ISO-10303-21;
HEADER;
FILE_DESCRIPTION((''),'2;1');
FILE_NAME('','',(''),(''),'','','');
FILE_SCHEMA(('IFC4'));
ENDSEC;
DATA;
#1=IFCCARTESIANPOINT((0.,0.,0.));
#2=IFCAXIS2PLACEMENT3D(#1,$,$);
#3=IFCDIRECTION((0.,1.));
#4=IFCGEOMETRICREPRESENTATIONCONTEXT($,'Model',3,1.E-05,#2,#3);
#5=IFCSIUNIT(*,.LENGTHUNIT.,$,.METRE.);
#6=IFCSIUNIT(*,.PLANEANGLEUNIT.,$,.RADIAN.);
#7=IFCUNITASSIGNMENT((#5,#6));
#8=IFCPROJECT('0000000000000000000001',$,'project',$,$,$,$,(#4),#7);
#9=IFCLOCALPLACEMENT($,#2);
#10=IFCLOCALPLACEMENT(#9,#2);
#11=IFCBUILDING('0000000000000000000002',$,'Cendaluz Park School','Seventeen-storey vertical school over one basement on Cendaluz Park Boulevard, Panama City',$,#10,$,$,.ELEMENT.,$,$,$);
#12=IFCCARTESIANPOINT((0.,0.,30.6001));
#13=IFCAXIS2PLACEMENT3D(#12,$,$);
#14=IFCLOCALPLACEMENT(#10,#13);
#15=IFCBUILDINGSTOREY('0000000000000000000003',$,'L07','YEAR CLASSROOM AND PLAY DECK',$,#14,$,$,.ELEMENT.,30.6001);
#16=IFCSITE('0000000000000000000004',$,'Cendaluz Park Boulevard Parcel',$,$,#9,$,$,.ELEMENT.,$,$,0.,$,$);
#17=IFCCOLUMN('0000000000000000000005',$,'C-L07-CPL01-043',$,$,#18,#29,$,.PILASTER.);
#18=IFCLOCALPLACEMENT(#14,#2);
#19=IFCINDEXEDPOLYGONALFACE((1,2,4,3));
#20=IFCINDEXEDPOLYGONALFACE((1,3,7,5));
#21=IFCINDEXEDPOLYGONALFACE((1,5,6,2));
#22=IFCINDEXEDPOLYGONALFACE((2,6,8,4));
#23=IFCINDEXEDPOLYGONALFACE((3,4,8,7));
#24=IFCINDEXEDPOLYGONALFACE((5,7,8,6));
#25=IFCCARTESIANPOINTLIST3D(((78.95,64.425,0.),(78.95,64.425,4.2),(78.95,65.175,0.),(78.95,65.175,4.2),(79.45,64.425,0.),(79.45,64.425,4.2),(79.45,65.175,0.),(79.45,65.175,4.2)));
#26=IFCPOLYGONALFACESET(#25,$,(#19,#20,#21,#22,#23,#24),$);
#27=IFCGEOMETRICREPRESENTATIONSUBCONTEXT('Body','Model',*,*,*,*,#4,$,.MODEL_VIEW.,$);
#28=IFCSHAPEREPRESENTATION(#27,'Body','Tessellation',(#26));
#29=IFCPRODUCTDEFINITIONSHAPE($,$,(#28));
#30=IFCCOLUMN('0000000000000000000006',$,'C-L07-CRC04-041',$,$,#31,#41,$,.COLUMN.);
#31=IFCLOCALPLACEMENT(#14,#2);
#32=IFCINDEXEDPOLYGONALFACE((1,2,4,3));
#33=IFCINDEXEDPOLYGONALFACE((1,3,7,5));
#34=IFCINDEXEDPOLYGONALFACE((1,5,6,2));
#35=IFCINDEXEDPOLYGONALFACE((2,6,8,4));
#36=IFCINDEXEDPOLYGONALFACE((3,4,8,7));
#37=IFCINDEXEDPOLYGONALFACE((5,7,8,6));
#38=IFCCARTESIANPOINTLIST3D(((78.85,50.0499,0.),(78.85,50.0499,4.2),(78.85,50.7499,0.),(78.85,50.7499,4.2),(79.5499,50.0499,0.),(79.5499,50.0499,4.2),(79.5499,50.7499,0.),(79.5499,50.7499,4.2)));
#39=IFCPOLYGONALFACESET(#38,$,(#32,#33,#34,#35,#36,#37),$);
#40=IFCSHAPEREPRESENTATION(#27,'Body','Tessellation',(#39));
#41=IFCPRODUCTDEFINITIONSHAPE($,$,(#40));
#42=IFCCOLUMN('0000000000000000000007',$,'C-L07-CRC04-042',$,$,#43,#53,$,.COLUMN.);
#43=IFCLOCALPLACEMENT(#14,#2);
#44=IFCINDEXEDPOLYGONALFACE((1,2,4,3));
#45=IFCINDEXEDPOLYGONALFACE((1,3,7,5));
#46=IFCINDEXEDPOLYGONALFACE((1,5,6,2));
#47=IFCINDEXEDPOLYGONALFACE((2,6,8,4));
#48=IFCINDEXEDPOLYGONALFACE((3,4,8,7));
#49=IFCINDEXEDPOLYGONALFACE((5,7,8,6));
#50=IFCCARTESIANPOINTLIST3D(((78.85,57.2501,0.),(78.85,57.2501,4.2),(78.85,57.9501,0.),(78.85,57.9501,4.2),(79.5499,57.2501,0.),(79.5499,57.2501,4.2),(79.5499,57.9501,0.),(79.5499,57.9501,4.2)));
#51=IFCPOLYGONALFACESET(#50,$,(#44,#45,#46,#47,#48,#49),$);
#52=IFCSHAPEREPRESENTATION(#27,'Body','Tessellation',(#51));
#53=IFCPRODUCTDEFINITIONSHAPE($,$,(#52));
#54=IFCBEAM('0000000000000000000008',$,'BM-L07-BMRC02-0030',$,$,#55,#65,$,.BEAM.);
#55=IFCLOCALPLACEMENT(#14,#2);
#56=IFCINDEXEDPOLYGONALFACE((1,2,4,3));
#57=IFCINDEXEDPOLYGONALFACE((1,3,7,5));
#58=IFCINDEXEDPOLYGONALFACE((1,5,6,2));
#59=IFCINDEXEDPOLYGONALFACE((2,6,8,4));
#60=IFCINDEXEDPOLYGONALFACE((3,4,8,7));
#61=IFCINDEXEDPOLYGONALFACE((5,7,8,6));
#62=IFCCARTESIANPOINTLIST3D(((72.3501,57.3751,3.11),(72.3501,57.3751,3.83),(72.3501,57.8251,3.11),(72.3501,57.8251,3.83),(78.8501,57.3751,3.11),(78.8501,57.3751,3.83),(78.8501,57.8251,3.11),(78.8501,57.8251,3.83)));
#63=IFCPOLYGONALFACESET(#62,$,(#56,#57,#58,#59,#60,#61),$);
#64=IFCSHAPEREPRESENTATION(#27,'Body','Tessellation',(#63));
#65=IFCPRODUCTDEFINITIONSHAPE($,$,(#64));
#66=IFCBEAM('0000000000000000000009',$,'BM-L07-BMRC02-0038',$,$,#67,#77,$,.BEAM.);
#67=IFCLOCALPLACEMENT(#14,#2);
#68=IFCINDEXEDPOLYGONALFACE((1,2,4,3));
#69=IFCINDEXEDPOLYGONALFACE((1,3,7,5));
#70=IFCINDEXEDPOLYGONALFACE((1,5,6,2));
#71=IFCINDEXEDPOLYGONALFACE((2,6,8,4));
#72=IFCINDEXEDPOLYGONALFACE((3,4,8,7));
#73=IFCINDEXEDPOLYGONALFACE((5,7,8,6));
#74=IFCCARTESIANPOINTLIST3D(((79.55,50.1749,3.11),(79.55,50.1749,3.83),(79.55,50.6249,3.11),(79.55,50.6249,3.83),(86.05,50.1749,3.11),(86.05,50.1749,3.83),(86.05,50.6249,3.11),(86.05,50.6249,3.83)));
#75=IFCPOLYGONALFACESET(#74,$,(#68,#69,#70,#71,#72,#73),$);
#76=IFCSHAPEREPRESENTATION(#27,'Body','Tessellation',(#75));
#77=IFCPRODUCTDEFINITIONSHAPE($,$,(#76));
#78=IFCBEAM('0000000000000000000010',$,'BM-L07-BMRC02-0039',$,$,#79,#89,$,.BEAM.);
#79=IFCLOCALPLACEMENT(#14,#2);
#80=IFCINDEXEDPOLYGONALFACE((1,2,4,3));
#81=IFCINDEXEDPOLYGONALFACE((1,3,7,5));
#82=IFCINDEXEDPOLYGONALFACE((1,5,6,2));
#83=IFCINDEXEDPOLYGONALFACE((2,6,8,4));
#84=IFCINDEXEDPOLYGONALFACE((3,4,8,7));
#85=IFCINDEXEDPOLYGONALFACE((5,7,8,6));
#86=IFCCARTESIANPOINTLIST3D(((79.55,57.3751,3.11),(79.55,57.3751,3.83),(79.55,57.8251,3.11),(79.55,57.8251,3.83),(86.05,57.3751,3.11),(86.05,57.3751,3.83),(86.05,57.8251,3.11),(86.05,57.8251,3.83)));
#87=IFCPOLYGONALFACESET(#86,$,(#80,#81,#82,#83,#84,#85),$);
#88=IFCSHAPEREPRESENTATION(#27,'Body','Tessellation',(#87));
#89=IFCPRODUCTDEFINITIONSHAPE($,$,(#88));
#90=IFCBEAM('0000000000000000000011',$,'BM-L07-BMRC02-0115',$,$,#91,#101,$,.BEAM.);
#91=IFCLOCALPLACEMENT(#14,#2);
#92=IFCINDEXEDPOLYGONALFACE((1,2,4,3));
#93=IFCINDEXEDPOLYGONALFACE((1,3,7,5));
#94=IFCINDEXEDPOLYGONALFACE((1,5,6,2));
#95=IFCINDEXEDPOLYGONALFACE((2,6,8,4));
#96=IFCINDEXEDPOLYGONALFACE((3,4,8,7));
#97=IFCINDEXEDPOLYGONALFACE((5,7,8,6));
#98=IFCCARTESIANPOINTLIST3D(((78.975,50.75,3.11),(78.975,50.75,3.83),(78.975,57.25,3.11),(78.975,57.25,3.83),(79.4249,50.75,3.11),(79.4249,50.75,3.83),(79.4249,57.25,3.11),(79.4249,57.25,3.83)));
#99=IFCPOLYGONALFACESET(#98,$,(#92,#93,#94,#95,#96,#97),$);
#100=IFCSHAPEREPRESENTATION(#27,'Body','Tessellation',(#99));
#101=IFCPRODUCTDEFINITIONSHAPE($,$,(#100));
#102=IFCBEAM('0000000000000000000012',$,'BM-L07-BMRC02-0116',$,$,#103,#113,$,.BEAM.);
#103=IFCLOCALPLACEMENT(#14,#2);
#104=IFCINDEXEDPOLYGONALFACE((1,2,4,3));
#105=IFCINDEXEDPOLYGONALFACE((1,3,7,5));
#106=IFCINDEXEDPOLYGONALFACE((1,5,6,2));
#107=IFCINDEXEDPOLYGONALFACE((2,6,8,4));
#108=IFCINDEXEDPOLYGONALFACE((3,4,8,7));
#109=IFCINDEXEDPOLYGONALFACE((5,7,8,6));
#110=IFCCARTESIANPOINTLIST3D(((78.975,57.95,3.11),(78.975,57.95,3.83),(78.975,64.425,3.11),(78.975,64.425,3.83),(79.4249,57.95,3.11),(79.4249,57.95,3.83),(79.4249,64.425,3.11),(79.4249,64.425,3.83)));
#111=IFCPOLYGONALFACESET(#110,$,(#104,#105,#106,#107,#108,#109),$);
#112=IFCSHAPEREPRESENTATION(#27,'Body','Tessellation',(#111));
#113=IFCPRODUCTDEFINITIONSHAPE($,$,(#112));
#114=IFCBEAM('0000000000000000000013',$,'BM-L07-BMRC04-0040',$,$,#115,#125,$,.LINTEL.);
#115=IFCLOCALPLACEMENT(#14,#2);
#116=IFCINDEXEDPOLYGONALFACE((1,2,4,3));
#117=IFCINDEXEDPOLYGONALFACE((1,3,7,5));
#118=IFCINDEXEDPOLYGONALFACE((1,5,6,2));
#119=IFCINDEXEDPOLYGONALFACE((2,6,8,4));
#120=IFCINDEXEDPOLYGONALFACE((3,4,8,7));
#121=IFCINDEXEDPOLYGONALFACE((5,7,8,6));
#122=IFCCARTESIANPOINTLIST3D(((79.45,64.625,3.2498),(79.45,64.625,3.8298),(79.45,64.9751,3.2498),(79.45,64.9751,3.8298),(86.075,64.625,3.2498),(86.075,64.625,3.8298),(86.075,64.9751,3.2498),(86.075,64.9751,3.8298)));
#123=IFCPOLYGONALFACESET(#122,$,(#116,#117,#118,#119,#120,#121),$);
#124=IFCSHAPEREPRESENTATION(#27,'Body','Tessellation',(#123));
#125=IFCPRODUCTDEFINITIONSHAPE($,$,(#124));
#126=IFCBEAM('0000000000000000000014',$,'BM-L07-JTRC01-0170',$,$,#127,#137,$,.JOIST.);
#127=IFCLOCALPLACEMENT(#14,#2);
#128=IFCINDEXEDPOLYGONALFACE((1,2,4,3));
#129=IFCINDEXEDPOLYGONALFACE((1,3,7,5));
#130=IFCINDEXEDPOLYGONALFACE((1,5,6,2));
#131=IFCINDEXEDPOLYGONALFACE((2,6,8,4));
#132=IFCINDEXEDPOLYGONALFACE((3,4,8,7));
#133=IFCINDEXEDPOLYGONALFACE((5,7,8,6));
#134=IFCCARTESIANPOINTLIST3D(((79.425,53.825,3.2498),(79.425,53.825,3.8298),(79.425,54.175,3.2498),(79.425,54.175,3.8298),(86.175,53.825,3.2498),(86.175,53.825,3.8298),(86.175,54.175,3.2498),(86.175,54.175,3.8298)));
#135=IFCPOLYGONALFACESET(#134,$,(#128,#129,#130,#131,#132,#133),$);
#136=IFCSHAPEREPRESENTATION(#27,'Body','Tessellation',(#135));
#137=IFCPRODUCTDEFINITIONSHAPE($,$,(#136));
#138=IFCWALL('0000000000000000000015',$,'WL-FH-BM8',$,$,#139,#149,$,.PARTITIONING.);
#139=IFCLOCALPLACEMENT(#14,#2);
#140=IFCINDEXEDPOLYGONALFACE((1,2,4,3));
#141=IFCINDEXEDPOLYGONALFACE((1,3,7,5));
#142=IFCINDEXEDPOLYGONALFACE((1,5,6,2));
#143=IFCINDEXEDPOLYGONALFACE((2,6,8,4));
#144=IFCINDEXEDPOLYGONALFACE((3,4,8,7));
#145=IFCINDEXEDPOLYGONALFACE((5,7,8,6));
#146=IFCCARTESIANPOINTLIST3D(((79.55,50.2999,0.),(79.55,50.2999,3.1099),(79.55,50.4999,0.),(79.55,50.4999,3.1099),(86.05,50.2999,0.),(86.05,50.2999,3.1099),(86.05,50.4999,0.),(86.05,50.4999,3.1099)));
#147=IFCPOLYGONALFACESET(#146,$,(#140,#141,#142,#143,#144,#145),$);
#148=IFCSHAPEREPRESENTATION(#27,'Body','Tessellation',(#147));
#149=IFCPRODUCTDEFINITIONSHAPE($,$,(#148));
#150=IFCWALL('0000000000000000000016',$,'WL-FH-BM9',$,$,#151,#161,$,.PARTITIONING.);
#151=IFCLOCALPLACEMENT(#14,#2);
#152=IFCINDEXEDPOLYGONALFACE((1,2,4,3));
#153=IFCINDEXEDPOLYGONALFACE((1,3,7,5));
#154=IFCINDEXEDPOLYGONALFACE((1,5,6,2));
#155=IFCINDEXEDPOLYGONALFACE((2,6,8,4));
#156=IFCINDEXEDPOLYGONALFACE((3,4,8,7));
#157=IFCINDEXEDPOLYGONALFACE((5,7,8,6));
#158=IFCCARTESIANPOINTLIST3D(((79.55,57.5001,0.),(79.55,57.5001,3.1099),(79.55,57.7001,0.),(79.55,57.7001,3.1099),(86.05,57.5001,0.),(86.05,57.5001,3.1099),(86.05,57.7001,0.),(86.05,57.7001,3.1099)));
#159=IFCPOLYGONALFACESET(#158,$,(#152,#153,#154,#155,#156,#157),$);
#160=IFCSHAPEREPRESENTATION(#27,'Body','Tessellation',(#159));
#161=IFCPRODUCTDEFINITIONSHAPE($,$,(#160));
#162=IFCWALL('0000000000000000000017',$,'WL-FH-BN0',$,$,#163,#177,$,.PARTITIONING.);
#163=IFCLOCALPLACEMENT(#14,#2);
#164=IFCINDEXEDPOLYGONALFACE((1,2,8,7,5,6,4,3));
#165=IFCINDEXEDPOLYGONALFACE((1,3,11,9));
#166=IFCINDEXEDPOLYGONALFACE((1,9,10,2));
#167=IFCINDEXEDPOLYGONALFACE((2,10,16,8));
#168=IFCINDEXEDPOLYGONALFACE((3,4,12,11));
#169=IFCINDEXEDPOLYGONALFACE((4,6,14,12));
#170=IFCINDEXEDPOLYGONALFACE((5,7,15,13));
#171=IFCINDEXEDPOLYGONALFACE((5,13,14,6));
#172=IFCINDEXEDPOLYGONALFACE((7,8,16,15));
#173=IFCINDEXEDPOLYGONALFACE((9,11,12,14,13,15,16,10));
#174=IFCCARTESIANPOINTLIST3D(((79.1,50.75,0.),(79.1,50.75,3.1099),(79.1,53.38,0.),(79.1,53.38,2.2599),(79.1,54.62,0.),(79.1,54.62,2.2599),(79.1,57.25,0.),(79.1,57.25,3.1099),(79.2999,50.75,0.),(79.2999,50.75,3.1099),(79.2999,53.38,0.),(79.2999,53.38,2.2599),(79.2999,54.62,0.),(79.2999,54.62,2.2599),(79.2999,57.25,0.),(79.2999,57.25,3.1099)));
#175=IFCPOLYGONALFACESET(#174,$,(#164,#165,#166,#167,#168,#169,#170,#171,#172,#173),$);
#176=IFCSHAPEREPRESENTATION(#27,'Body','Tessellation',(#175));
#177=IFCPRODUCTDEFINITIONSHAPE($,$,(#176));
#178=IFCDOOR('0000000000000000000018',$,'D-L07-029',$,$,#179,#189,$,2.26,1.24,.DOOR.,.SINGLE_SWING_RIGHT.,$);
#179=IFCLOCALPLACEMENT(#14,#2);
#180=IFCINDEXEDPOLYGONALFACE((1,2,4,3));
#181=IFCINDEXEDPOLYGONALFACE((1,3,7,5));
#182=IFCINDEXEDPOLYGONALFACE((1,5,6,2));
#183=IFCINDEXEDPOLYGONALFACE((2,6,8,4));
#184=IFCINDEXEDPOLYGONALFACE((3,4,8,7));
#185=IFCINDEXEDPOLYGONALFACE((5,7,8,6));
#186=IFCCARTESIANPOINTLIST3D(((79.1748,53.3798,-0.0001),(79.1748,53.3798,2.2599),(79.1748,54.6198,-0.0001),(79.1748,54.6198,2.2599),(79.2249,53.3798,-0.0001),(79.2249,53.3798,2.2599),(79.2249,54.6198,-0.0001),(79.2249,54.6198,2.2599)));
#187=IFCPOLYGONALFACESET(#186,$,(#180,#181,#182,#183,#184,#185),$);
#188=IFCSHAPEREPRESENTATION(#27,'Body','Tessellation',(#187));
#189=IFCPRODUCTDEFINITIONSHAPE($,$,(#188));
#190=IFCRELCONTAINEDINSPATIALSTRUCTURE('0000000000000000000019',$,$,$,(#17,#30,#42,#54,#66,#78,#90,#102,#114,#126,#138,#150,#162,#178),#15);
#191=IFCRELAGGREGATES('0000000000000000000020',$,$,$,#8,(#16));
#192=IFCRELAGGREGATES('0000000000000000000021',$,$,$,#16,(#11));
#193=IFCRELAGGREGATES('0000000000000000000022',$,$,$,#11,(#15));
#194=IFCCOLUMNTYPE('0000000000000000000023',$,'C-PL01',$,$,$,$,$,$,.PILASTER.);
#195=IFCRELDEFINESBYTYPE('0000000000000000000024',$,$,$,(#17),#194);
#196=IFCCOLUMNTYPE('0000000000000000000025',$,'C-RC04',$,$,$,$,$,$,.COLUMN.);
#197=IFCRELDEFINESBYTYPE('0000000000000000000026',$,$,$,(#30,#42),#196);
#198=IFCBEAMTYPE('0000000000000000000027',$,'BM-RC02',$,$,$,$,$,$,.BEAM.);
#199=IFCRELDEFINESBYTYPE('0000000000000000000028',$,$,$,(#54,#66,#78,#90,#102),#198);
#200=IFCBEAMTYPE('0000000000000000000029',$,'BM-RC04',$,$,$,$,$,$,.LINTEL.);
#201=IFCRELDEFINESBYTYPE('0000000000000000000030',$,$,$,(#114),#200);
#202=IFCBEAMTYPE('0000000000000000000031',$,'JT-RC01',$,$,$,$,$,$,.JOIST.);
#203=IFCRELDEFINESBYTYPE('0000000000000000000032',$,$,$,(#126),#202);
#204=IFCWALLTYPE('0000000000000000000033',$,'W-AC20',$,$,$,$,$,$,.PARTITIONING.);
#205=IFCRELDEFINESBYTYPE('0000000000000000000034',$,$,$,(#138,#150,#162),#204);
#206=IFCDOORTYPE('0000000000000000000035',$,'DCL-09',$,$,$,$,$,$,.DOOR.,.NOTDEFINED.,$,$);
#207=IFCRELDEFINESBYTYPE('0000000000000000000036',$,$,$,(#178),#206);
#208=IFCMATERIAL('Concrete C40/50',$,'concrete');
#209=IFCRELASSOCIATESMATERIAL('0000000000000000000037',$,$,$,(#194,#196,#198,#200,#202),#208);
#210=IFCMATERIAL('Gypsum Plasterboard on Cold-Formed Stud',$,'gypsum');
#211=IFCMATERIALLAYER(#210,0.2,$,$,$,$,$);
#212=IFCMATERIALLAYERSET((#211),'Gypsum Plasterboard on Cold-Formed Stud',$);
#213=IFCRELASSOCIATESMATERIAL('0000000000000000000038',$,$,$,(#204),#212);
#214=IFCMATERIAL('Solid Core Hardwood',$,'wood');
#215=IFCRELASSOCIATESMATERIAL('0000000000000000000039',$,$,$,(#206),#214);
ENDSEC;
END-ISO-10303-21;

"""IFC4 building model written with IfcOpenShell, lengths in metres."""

from ifc_helpers import new_model, si_unit, direction, frame, frame_2d, origin, origin_2d, place, context, subcontext, project, spatial, rectangle, extrude, material, layer, layer_set, material_profile, profile_set, type_object, element, fill, save


model = new_model("IFC4")

# Units and contexts
model_context = context("Model", 3, precision=1e-05, world=origin(), true_north=direction((0.0, 1.0)))
body_context = subcontext(model_context, "Body", "Model", "MODEL_VIEW")
ifc_project = project(units=[si_unit("LENGTHUNIT", "METRE"), si_unit("PLANEANGLEUNIT", "RADIAN")], contexts=[model_context])

# Site, building, storey
site_placement = place(None, origin())
site = spatial("IfcSite", under=ifc_project, at=site_placement, Name="Cendaluz Park Boulevard Parcel", CompositionType="ELEMENT", RefElevation=0.0)
building_placement = place(site_placement, origin())
building = spatial("IfcBuilding", under=site, at=building_placement, Name="Cendaluz Park School", Description="Seventeen-storey vertical school over one basement on Cendaluz Park Boulevard, Panama City", CompositionType="ELEMENT")
storey_placement = place(building_placement, frame((0.0, 0.0, 30.6001)))
storey = spatial("IfcBuildingStorey", under=building, at=storey_placement, Name="L07", Description="YEAR CLASSROOM AND PLAY DECK", CompositionType="ELEMENT", Elevation=30.6001)

# Columns
ifc_material_1 = material(Name="Concrete C40/50", Category="concrete")
ifc_material_profile_1 = material_profile(ifc_material_1, rectangle(XDim=0.5, YDim=0.75, at=origin_2d()), Name="RC 500x750", Category="concrete")
ifc_profile_set_1 = profile_set([ifc_material_profile_1], Name="Concrete C40/50")
column_type_1 = type_object("IfcColumnType", Name="C-PL01", PredefinedType="PILASTER", material=ifc_profile_set_1)
column_placement = place(storey_placement, frame((79.2, 64.8, 0.0), z_axis=(0.0, 0.0, 1.0), x_axis=(1.0, 0.0, 0.0)))
element("IfcColumn", 1, at=column_placement, inside=storey, type_object=column_type_1, Name="C-L07-CPL01-043", PredefinedType="PILASTER", context=body_context, shape_type="SweptSolid", body=[
    extrude(rectangle(XDim=0.5, YDim=0.75, at=origin_2d()), origin(), (0.0, 0.0, 1.0), 4.2),
])
ifc_material_profile_2 = material_profile(ifc_material_1, rectangle(XDim=0.7, YDim=0.7, at=origin_2d()), Name="RC 700x700", Category="concrete")
ifc_profile_set_2 = profile_set([ifc_material_profile_2], Name="Concrete C40/50")
column_type_2 = type_object("IfcColumnType", Name="C-RC04", PredefinedType="COLUMN", material=ifc_profile_set_2)
for number, where, z_axis, x_axis, name in (
    (2, (79.2, 50.3999, 0.0), (0.0, 0.0, 1.0), (1.0, 0.0, 0.0), "C-L07-CRC04-041"),
    (3, (79.2, 57.6001, 0.0), (0.0, 0.0, 1.0), (1.0, 0.0, 0.0), "C-L07-CRC04-042"),
):
    element("IfcColumn", number, at=place(storey_placement, frame(where, z_axis=z_axis, x_axis=x_axis)), inside=storey, type_object=column_type_2, Name=name, PredefinedType="COLUMN", context=body_context, shape_type="SweptSolid", body=[
        extrude(rectangle(XDim=0.7, YDim=0.7, at=origin_2d()), origin(), (0.0, 0.0, 1.0), 4.2),
    ])

# Beams
ifc_material_profile_3 = material_profile(ifc_material_1, rectangle(XDim=0.45, YDim=0.72, at=origin_2d()), Name="RC 450x720", Category="concrete")
ifc_profile_set_3 = profile_set([ifc_material_profile_3], Name="Concrete C40/50")
beam_type_1 = type_object("IfcBeamType", Name="BM-RC02", PredefinedType="BEAM", material=ifc_profile_set_3)
for number, where, z_axis, x_axis, name in (
    (4, (72.3501, 57.6001, 3.47), (1.0, 0.0, 0.0), (0.0, 1.0, 0.0), "BM-L07-BMRC02-0030"),
    (5, (79.55, 50.3999, 3.47), (1.0, 0.0, 0.0), (0.0, 1.0, 0.0), "BM-L07-BMRC02-0038"),
    (6, (79.55, 57.6001, 3.47), (1.0, 0.0, 0.0), (0.0, 1.0, 0.0), "BM-L07-BMRC02-0039"),
    (7, (79.2, 50.75, 3.47), (0.0, 1.0, 0.0), (-1.0, 0.0, 0.0), "BM-L07-BMRC02-0115"),
):
    element("IfcBeam", number, at=place(storey_placement, frame(where, z_axis=z_axis, x_axis=x_axis)), inside=storey, type_object=beam_type_1, Name=name, PredefinedType="BEAM", context=body_context, shape_type="SweptSolid", body=[
        extrude(rectangle(XDim=0.45, YDim=0.72, at=origin_2d()), origin(), (0.0, 0.0, 1.0), 6.5),
    ])
beam_1_placement = place(storey_placement, frame((79.2, 57.95, 3.47), z_axis=(0.0, 1.0, 0.0), x_axis=(-1.0, 0.0, 0.0)))
element("IfcBeam", 8, at=beam_1_placement, inside=storey, type_object=beam_type_1, Name="BM-L07-BMRC02-0116", PredefinedType="BEAM", context=body_context, shape_type="SweptSolid", body=[
    extrude(rectangle(XDim=0.45, YDim=0.72, at=origin_2d()), origin(), (0.0, 0.0, 1.0), 6.4751),
])
ifc_material_profile_4 = material_profile(ifc_material_1, rectangle(XDim=0.3501, YDim=0.5801, at=origin_2d()), Name="RC 350x580", Category="concrete")
ifc_profile_set_4 = profile_set([ifc_material_profile_4], Name="Concrete C40/50")
beam_type_2 = type_object("IfcBeamType", Name="BM-RC04", PredefinedType="LINTEL", material=ifc_profile_set_4)
beam_2_placement = place(storey_placement, frame((79.45, 64.8, 3.5398), z_axis=(1.0, 0.0, 0.0), x_axis=(0.0, 1.0, 0.0)))
element("IfcBeam", 9, at=beam_2_placement, inside=storey, type_object=beam_type_2, Name="BM-L07-BMRC04-0040", PredefinedType="LINTEL", context=body_context, shape_type="SweptSolid", body=[
    extrude(rectangle(XDim=0.3501, YDim=0.5801, at=origin_2d()), origin(), (0.0, 0.0, 1.0), 6.625),
])
ifc_material_profile_5 = material_profile(ifc_material_1, rectangle(XDim=0.3501, YDim=0.5801, at=origin_2d()), Name="RC 350x580", Category="concrete")
ifc_profile_set_5 = profile_set([ifc_material_profile_5], Name="Concrete C40/50")
beam_type_3 = type_object("IfcBeamType", Name="JT-RC01", PredefinedType="JOIST", material=ifc_profile_set_5)
beam_3_placement = place(storey_placement, frame((79.425, 54.0, 3.5398), z_axis=(1.0, 0.0, 0.0), x_axis=(0.0, 1.0, 0.0)))
element("IfcBeam", 10, at=beam_3_placement, inside=storey, type_object=beam_type_3, Name="BM-L07-JTRC01-0170", PredefinedType="JOIST", context=body_context, shape_type="SweptSolid", body=[
    extrude(rectangle(XDim=0.3501, YDim=0.5801, at=origin_2d()), origin(), (0.0, 0.0, 1.0), 6.75),
])

# Walls
ifc_material_2 = material(Name="Gypsum Plasterboard on Cold-Formed Stud", Category="gypsum")
ifc_layer_1 = layer(ifc_material_2, 0.2)
ifc_layer_set_1 = layer_set([ifc_layer_1], Name="Gypsum Plasterboard on Cold-Formed Stud")
wall_type_1 = type_object("IfcWallType", Name="W-AC20", PredefinedType="PARTITIONING", material=ifc_layer_set_1)
for number, where, z_axis, x_axis, name in (
    (11, (79.55, 50.3999, 0.0), (0.0, 0.0, 1.0), (1.0, 0.0, 0.0), "WL-FH-BM8"),
    (12, (79.55, 57.6001, 0.0), (0.0, 0.0, 1.0), (1.0, 0.0, 0.0), "WL-FH-BM9"),
):
    element("IfcWall", number, at=place(storey_placement, frame(where, z_axis=z_axis, x_axis=x_axis)), inside=storey, type_object=wall_type_1, Name=name, PredefinedType="PARTITIONING", context=body_context, shape_type="SweptSolid", body=[
        extrude(rectangle(XDim=6.5, YDim=0.2, at=frame_2d((3.25, 0.0))), origin(), (0.0, 0.0, 1.0), 3.1099),
    ])

# Wall, opening, door
wall_1_placement = place(storey_placement, frame((79.2, 50.75, 0.0), z_axis=(0.0, 0.0, 1.0), x_axis=(0.0, 1.0, 0.0)))
wall_1 = element("IfcWall", 13, at=wall_1_placement, inside=storey, type_object=wall_type_1, Name="WL-FH-BN0", PredefinedType="PARTITIONING", context=body_context, shape_type="SweptSolid", body=[
    extrude(rectangle(XDim=6.5, YDim=0.2, at=frame_2d((3.25, 0.0))), origin(), (0.0, 0.0, 1.0), 3.1099),
])
opening_1_placement = place(wall_1_placement, frame((2.6299, 0.0, 0.0)))
opening_1 = element("IfcOpeningElement", 14, at=opening_1_placement, cuts=wall_1, PredefinedType="OPENING", context=body_context, shape_type="SweptSolid", body=[
    extrude(rectangle(XDim=1.24, YDim=2.26, at=frame_2d((0.6201, 1.1299))), frame((0.0, 0.1121, 0.0), z_axis=(0.0, -1.0, 0.0), x_axis=(1.0, 0.0, 0.0)), (0.0, 0.0, 1.0), 0.2239),
])
ifc_material_3 = material(Name="Solid Core Hardwood", Category="wood")
door_type_1 = type_object("IfcDoorType", Name="DCL-09", OperationType="NOTDEFINED", PredefinedType="DOOR", material=ifc_material_3)
door_1_placement = place(opening_1_placement, frame((1.24, 0.0, 0.0), z_axis=(0.0, 0.0, 1.0), x_axis=(-1.0, 0.0, 0.0)))
door_1 = element("IfcDoor", 15, at=door_1_placement, inside=storey, type_object=door_type_1, Name="D-L07-029", OperationType="SINGLE_SWING_RIGHT", OverallHeight=2.26, OverallWidth=1.24, PredefinedType="DOOR", context=body_context, shape_type="SweptSolid", body=[
    extrude(rectangle(XDim=1.24, YDim=2.26, at=frame_2d((0.6201, 1.1299))), frame((0.0, 0.0249, 0.0), z_axis=(0.0, -1.0, 0.0), x_axis=(1.0, 0.0, 0.0)), (0.0, 0.0, 1.0), 0.05),
])
fill(opening_1, door_1)

save(model, "model.ifc")
